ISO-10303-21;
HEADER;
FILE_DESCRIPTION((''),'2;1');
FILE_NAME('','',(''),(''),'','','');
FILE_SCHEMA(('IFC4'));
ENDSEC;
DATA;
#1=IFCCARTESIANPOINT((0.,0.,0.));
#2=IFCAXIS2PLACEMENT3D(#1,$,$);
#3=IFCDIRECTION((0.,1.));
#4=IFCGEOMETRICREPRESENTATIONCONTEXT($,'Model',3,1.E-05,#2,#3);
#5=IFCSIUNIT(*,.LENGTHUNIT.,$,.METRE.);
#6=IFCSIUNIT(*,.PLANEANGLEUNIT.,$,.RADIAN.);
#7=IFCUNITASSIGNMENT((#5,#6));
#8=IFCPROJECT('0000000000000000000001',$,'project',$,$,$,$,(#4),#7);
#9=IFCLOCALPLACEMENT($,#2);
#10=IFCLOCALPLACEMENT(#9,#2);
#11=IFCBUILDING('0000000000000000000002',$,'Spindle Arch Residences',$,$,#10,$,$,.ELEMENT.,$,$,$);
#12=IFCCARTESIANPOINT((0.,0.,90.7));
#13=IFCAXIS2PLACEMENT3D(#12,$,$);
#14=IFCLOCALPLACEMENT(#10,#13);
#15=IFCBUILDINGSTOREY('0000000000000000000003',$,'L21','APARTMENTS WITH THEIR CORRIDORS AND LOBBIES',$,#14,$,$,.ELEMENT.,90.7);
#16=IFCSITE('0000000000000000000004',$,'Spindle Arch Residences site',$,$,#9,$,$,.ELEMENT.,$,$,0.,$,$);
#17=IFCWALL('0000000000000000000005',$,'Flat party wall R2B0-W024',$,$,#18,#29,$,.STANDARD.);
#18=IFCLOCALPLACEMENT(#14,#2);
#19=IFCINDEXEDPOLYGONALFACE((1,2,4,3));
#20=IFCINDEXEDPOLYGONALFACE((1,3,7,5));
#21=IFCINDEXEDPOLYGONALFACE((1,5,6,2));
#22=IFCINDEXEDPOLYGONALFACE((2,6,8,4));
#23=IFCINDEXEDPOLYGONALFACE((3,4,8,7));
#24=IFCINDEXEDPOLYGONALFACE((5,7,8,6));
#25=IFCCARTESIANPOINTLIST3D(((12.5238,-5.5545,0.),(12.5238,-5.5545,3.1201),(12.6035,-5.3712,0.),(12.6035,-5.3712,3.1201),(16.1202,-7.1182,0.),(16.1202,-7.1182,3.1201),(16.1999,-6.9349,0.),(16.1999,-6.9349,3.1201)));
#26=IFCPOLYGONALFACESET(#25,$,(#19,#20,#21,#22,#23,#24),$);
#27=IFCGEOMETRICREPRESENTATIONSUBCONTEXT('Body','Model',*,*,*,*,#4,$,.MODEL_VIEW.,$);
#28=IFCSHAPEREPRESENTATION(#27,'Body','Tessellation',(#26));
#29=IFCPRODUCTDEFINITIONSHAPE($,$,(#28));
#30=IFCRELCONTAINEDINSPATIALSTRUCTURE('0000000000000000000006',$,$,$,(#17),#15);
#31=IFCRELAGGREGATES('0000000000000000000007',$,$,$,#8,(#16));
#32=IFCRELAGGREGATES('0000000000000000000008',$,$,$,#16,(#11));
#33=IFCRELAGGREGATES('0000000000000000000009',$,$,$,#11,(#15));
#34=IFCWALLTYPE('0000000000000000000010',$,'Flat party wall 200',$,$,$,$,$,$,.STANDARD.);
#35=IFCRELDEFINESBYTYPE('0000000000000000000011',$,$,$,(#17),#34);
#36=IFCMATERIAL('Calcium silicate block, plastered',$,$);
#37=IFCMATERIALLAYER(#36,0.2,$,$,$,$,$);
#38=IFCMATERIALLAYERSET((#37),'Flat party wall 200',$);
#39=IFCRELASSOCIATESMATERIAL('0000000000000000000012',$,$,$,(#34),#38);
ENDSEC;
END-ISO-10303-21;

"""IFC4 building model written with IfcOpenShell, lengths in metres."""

from ifc_helpers import new_model, si_unit, direction, frame, frame_2d, origin, place, context, subcontext, project, spatial, rectangle, extrude, material, layer, layer_set, type_object, element, save


model = new_model("IFC4")

# Units and contexts
model_context = context("Model", 3, precision=1e-05, world=origin(), true_north=direction((0.0, 1.0)))
body_context = subcontext(model_context, "Body", "Model", "MODEL_VIEW")
ifc_project = project(units=[si_unit("LENGTHUNIT", "METRE"), si_unit("PLANEANGLEUNIT", "RADIAN")], contexts=[model_context])

# Site, building, storey
site_placement = place(None, origin())
site = spatial("IfcSite", under=ifc_project, at=site_placement, Name="Spindle Arch Residences site", CompositionType="ELEMENT", RefElevation=0.0)
building_placement = place(site_placement, origin())
building = spatial("IfcBuilding", under=site, at=building_placement, Name="Spindle Arch Residences", CompositionType="ELEMENT")
storey_placement = place(building_placement, frame((0.0, 0.0, 90.7)))
storey = spatial("IfcBuildingStorey", under=building, at=storey_placement, Name="L21", Description="APARTMENTS WITH THEIR CORRIDORS AND LOBBIES", CompositionType="ELEMENT", Elevation=90.7)

# Wall
ifc_material_1 = material(Name="Calcium silicate block, plastered")
ifc_layer_1 = layer(ifc_material_1, 0.2)
ifc_layer_set_1 = layer_set([ifc_layer_1], Name="Flat party wall 200")
wall_type_1 = type_object("IfcWallType", Name="Flat party wall 200", PredefinedType="STANDARD", material=ifc_layer_set_1)
wall_1_placement = place(storey_placement, frame((16.1602, -7.0266, 0.0), z_axis=(0.0, 0.0, 1.0), x_axis=(-0.917065, 0.398737, 0.0)))
element("IfcWall", 1, at=wall_1_placement, inside=storey, type_object=wall_type_1, Name="Flat party wall R2B0-W024", PredefinedType="STANDARD", context=body_context, shape_type="SweptSolid", body=[
    extrude(rectangle(XDim=3.9216, YDim=0.2, at=frame_2d((1.9609, 0.0))), origin(), (0.0, 0.0, 1.0), 3.1201),
])

save(model, "model.ifc")
